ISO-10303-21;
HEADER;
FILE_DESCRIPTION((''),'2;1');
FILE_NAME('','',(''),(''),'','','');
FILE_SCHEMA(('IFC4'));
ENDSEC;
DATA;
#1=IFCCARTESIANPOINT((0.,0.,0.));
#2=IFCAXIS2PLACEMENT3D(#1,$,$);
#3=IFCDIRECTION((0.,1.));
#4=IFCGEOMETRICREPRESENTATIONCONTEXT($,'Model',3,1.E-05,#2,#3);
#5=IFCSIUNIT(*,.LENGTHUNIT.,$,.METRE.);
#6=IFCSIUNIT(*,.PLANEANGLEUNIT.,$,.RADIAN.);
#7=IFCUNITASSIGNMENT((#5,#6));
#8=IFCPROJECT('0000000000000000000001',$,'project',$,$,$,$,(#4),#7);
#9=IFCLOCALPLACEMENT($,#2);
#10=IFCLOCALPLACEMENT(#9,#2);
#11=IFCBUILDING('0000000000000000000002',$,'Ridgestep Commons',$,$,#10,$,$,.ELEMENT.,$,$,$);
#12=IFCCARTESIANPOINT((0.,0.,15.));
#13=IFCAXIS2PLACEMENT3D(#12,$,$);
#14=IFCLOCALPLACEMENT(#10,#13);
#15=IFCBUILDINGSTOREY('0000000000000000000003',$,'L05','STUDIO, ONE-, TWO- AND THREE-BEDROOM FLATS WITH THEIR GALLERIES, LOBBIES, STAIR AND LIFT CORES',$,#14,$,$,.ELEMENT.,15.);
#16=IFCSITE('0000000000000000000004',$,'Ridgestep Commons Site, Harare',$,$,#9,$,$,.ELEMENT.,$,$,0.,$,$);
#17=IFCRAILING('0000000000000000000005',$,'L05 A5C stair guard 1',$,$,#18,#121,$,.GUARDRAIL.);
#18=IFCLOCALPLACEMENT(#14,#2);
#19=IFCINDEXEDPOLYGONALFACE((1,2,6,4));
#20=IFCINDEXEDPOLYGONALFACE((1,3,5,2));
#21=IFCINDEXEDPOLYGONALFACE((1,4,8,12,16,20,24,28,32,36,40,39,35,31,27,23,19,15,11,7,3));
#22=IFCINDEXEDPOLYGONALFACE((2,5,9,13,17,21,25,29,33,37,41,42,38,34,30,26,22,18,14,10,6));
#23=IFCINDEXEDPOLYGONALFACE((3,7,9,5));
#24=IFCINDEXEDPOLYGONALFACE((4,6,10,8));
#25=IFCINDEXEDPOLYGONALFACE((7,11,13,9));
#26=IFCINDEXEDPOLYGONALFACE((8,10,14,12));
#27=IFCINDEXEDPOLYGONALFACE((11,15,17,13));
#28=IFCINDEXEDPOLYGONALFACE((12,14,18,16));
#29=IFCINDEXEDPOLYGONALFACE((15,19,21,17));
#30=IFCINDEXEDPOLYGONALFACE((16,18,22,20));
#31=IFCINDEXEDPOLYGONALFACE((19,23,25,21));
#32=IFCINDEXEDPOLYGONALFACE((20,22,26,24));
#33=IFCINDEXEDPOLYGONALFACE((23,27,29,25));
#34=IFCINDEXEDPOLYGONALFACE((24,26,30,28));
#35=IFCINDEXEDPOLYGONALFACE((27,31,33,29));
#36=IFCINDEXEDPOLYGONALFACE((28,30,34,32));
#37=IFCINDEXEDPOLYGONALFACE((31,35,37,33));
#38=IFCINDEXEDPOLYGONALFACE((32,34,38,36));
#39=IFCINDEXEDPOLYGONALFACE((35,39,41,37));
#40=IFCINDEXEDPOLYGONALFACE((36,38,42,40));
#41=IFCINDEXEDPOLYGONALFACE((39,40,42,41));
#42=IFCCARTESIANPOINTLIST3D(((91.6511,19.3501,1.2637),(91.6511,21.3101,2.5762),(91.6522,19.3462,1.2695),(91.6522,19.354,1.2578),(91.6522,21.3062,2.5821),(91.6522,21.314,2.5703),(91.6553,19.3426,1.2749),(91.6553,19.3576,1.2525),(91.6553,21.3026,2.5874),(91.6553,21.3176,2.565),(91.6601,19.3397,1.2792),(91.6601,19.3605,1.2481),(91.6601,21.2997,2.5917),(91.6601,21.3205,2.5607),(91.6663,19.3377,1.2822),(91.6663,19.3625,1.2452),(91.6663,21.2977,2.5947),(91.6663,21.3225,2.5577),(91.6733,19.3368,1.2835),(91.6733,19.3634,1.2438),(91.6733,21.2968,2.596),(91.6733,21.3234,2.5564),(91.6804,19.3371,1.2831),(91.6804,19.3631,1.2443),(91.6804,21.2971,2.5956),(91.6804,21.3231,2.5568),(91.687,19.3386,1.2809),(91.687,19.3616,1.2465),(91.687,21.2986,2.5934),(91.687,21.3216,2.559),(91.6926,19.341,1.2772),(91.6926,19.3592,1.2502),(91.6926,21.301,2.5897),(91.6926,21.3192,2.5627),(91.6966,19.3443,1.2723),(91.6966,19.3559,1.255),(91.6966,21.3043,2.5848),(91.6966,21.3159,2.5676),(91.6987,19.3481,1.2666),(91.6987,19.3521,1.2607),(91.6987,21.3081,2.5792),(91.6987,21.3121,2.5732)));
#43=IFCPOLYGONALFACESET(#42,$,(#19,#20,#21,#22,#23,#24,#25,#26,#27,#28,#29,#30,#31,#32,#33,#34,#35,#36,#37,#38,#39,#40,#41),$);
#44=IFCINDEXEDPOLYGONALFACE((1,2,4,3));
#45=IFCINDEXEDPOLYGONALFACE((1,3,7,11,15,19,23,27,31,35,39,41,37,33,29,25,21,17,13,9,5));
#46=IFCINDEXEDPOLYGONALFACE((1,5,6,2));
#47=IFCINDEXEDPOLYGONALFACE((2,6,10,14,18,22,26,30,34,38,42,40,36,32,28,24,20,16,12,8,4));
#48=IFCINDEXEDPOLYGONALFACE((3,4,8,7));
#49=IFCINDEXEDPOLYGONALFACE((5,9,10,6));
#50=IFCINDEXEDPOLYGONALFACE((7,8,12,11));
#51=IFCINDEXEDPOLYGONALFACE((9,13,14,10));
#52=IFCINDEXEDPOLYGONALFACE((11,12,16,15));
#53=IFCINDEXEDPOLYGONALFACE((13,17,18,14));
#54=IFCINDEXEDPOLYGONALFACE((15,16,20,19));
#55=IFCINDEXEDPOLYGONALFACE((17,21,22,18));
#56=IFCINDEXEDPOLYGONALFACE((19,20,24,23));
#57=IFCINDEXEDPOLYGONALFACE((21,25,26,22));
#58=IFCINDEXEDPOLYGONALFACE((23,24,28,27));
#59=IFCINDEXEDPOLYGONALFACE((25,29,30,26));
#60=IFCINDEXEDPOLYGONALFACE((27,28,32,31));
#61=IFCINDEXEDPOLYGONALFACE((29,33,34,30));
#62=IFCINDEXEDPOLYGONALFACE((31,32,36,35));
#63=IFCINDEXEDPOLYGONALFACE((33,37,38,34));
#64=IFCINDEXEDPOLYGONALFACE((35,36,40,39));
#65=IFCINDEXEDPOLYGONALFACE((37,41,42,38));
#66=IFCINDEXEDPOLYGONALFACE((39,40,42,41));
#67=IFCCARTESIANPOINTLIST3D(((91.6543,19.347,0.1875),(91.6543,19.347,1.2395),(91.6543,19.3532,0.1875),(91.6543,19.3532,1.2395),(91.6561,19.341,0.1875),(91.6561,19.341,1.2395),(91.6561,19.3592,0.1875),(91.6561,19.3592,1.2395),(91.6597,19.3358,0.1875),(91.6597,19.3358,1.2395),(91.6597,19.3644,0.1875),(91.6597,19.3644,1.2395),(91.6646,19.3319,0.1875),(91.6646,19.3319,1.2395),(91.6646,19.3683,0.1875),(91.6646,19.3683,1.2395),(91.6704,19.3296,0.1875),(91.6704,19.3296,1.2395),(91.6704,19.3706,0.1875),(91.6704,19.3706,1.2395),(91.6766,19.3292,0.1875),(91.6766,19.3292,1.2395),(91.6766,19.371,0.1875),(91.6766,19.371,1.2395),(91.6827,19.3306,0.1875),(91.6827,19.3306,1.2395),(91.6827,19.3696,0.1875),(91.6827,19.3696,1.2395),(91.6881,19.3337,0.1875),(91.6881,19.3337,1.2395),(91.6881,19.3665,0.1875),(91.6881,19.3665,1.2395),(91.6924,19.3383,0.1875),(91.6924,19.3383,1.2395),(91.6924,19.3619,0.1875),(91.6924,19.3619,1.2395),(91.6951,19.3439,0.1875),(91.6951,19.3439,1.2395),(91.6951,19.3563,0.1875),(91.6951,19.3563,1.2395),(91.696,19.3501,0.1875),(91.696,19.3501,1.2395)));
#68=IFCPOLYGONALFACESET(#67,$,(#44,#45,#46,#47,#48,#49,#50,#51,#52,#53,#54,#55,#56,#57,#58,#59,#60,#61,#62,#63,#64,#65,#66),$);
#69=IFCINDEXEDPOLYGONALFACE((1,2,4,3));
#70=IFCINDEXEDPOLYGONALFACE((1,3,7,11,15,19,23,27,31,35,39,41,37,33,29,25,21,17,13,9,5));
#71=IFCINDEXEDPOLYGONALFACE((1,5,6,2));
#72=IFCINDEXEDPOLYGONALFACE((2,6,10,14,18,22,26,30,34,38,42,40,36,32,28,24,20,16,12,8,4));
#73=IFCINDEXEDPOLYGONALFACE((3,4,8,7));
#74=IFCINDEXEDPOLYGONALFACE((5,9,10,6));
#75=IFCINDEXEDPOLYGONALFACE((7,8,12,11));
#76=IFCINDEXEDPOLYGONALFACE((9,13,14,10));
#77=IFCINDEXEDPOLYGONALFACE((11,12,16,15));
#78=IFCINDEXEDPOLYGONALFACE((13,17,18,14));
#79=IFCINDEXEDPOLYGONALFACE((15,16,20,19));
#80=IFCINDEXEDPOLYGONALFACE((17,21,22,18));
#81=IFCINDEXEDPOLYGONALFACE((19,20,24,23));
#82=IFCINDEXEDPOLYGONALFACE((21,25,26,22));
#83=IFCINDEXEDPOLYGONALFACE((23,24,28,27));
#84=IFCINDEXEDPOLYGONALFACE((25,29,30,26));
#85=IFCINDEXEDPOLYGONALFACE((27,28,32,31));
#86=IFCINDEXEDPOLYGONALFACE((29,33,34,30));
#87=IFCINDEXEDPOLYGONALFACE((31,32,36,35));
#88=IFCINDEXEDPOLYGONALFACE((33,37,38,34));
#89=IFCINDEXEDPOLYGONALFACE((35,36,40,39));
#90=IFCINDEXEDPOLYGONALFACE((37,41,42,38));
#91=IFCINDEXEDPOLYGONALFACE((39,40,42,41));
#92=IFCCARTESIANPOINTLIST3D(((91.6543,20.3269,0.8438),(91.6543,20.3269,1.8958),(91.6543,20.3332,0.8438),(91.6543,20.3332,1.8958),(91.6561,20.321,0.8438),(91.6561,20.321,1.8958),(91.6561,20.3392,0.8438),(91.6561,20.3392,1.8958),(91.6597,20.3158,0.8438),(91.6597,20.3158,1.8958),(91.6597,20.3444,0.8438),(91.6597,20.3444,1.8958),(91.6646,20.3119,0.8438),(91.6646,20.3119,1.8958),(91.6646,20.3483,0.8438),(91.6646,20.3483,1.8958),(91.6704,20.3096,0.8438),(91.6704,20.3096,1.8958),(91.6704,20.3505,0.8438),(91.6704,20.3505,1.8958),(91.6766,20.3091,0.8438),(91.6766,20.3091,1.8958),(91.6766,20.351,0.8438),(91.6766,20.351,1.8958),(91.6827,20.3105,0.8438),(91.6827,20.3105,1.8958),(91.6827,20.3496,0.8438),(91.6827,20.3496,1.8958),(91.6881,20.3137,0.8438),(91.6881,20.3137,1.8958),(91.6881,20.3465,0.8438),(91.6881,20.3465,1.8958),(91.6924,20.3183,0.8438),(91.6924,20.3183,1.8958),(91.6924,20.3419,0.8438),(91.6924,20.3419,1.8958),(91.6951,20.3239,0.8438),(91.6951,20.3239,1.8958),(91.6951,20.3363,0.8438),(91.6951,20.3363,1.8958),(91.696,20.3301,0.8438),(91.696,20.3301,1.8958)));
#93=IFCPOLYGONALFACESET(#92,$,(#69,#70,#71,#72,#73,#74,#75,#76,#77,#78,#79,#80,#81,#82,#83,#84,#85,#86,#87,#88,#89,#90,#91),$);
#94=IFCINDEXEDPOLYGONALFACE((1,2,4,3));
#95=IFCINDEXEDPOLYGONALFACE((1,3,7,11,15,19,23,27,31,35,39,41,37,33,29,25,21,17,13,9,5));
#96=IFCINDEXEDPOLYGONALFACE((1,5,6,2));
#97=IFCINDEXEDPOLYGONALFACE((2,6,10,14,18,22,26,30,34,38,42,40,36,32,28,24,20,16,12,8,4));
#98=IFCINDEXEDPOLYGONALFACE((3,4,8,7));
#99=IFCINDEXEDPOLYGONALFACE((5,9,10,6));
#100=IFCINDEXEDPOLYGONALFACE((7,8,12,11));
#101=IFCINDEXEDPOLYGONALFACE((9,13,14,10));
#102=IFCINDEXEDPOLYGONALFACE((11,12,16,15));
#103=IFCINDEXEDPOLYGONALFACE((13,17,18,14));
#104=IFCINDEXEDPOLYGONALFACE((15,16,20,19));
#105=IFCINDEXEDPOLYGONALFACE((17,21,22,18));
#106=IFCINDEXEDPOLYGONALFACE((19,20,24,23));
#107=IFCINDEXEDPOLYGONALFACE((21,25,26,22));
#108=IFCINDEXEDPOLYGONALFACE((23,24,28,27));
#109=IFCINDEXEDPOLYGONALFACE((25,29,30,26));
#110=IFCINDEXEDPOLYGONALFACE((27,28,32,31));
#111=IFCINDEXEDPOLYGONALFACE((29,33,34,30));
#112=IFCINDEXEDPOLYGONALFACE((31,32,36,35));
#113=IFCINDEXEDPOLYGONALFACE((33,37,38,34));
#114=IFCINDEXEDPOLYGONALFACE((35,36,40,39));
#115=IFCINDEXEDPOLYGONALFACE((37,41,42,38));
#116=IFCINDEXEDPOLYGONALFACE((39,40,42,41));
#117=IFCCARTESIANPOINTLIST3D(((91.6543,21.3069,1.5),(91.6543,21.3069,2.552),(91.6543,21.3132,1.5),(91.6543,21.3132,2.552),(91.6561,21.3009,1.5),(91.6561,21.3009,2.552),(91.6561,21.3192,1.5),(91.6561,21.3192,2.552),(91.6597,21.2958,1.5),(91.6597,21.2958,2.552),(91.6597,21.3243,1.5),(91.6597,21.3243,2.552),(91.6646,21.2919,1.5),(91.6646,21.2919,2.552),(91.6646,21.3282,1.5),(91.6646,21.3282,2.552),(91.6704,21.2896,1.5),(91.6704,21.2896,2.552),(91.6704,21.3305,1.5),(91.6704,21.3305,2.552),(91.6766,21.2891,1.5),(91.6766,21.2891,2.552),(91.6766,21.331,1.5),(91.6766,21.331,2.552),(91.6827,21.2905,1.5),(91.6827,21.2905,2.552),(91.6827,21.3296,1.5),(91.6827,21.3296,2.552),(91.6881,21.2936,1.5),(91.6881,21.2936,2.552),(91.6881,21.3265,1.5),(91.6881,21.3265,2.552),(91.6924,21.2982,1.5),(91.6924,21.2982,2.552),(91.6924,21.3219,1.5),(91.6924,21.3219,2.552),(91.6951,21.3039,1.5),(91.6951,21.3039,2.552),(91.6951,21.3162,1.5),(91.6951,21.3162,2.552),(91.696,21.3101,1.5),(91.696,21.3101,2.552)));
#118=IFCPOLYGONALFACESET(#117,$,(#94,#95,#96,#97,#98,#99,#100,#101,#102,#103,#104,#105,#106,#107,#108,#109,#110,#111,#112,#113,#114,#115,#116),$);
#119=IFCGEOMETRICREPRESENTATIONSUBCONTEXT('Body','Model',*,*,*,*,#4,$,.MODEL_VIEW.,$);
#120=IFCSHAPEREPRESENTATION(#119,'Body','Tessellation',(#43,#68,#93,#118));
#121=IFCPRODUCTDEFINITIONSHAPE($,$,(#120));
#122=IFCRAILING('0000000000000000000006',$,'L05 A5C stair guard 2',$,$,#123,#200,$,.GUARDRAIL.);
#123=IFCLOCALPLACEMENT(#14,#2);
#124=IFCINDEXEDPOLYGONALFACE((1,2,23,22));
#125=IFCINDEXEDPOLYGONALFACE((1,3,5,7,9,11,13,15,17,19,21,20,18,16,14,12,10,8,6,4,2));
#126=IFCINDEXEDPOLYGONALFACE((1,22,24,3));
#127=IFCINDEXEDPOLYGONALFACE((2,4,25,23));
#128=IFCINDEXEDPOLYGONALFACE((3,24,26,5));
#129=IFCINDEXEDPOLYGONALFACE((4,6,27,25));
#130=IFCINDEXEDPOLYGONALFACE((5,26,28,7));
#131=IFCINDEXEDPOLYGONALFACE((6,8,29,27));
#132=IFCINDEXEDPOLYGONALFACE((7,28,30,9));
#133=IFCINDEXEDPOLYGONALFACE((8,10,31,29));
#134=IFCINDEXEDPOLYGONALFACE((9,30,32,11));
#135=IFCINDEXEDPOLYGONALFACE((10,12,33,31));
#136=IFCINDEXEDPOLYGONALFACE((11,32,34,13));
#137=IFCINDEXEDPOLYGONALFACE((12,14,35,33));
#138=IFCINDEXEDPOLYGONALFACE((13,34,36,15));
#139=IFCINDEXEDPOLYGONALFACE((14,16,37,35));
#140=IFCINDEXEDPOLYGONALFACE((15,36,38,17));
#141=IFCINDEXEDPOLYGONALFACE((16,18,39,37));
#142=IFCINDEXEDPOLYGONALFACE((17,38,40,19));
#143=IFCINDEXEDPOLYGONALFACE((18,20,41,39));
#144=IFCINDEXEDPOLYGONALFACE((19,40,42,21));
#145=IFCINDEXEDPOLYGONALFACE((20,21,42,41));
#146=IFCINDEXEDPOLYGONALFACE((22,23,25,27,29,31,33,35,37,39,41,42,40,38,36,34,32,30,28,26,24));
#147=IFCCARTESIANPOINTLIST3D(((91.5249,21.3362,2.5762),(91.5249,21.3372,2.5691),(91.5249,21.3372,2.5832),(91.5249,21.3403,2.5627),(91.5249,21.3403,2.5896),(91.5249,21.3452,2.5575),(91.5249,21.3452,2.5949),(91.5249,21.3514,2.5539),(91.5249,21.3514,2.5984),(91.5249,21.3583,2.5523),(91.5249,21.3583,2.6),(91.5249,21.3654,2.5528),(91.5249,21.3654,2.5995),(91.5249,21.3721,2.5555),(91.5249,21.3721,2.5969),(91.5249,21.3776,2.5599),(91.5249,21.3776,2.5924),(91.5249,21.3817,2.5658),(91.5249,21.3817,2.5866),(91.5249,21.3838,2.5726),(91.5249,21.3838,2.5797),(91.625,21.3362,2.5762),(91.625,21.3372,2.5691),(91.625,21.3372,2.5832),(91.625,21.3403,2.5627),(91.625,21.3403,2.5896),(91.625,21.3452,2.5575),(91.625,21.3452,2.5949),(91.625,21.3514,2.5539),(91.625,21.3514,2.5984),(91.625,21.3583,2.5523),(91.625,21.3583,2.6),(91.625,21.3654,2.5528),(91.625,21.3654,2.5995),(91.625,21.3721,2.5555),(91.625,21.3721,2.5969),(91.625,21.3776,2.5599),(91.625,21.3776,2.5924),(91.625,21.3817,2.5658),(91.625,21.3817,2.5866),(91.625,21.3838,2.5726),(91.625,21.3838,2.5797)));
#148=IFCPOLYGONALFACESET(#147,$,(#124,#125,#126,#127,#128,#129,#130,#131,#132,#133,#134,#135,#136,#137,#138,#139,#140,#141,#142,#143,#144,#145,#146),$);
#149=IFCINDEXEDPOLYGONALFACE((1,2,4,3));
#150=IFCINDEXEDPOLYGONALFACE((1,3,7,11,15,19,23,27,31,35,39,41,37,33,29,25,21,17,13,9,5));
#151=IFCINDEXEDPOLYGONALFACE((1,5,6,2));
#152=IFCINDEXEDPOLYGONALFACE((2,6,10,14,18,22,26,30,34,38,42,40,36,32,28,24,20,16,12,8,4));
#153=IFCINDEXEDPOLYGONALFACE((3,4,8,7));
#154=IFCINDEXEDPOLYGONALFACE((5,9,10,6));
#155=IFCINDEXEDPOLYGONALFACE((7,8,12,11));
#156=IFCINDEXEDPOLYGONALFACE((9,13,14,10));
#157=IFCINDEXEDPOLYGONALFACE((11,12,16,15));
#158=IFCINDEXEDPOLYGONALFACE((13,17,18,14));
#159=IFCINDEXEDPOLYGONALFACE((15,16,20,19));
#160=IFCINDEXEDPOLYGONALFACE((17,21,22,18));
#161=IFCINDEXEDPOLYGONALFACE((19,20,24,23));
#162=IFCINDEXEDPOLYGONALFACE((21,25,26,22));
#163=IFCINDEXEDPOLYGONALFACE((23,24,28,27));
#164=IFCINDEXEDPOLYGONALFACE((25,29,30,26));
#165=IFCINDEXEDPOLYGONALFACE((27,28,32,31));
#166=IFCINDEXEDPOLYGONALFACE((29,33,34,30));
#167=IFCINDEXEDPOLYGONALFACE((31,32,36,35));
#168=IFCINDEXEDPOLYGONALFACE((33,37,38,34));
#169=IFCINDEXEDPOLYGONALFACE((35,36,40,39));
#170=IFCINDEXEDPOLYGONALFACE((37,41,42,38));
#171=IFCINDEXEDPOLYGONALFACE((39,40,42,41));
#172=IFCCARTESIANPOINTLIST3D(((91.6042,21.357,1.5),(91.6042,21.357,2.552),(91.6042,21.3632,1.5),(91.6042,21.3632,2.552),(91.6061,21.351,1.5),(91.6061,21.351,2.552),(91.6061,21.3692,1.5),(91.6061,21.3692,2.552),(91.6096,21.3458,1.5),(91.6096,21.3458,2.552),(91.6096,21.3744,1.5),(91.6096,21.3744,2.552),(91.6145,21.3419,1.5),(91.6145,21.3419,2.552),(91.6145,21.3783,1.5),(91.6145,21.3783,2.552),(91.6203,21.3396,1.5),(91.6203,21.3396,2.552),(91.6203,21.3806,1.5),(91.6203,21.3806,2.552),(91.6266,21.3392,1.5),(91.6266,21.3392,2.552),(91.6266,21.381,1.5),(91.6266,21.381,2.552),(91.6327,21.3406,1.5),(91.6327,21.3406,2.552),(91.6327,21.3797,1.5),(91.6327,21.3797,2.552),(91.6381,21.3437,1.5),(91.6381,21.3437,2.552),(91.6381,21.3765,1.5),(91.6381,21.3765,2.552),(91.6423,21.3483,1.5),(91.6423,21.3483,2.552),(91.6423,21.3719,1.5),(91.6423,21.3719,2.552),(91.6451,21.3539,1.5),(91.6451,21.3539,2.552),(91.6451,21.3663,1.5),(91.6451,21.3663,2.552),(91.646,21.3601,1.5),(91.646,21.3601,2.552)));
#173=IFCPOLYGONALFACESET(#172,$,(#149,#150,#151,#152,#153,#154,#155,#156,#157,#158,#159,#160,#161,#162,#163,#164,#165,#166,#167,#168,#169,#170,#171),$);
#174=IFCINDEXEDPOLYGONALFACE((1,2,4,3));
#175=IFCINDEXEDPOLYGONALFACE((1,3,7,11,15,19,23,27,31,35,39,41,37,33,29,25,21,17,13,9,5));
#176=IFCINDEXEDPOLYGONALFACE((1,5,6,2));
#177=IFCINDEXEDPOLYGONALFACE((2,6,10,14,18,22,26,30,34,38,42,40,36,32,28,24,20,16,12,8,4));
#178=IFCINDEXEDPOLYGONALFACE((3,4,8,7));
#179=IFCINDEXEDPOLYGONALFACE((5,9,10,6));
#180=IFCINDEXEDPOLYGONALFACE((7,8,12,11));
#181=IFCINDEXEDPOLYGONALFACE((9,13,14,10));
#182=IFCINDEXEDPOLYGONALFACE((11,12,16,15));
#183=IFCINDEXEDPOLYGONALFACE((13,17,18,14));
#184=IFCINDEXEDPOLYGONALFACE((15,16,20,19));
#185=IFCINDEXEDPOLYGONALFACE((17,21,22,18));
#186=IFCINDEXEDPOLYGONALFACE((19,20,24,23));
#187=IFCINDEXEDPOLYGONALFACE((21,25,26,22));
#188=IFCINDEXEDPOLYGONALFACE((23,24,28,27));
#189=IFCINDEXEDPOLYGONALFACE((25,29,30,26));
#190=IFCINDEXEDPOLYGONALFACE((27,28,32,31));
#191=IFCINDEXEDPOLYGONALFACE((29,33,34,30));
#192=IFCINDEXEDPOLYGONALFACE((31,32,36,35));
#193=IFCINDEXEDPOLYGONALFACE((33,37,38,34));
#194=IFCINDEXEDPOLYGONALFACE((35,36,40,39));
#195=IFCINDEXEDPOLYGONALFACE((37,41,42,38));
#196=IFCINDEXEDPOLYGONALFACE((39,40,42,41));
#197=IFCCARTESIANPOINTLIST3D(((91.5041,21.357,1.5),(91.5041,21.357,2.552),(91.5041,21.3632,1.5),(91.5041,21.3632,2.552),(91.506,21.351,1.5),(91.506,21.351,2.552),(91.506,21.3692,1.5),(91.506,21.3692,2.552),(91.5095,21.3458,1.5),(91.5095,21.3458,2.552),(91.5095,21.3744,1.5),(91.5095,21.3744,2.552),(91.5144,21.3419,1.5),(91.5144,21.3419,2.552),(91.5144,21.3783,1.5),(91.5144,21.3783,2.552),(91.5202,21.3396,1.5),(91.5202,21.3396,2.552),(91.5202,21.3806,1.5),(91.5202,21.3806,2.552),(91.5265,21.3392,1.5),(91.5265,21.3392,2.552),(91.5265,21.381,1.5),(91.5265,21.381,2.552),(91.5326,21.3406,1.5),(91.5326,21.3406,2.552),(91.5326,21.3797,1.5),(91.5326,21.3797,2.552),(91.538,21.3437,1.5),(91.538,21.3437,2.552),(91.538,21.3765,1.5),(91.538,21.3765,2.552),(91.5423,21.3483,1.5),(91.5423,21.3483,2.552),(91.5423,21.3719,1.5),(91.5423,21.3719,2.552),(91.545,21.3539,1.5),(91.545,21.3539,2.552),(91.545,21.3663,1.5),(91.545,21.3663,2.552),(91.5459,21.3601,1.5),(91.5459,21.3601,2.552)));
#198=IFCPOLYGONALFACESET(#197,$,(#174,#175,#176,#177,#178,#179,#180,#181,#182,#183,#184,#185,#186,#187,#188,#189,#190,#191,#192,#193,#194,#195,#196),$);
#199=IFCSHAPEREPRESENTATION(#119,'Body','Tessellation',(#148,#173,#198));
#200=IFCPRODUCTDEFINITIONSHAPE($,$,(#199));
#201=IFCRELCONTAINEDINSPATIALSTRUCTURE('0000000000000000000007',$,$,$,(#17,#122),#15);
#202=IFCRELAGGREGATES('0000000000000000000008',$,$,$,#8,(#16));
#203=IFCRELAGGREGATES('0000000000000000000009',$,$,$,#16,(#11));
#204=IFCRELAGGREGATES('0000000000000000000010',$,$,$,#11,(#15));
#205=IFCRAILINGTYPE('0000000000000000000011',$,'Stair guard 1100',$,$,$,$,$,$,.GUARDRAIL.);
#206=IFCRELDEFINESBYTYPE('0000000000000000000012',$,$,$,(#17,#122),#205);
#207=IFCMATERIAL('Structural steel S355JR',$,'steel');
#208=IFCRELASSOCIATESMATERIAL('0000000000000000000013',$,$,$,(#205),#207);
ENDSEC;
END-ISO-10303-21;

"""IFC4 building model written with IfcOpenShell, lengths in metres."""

from ifc_helpers import new_model, si_unit, direction, frame, origin, origin_2d, place, context, subcontext, project, spatial, circle, extrude, material, type_object, element, save


model = new_model("IFC4")

# Units and contexts
model_context = context("Model", 3, precision=1e-05, world=origin(), true_north=direction((0.0, 1.0)))
body_context = subcontext(model_context, "Body", "Model", "MODEL_VIEW")
ifc_project = project(units=[si_unit("LENGTHUNIT", "METRE"), si_unit("PLANEANGLEUNIT", "RADIAN")], contexts=[model_context])

# Site, building, storey
site_placement = place(None, origin())
site = spatial("IfcSite", under=ifc_project, at=site_placement, Name="Ridgestep Commons Site, Harare", CompositionType="ELEMENT", RefElevation=0.0)
building_placement = place(site_placement, origin())
building = spatial("IfcBuilding", under=site, at=building_placement, Name="Ridgestep Commons", CompositionType="ELEMENT")
storey_placement = place(building_placement, frame((0.0, 0.0, 15.0)))
storey = spatial("IfcBuildingStorey", under=building, at=storey_placement, Name="L05", Description="STUDIO, ONE-, TWO- AND THREE-BEDROOM FLATS WITH THEIR GALLERIES, LOBBIES, STAIR AND LIFT CORES", CompositionType="ELEMENT", Elevation=15.0)

# Railings
ifc_material_1 = material(Name="Structural steel S355JR", Category="steel")
railing_type_1 = type_object("IfcRailingType", Name="Stair guard 1100", PredefinedType="GUARDRAIL", material=ifc_material_1)
railing_1_placement = place(storey_placement, frame((91.675, 19.3501, 0.1875)))
element("IfcRailing", 1, at=railing_1_placement, inside=storey, type_object=railing_type_1, Name="L05 A5C stair guard 1", PredefinedType="GUARDRAIL", context=body_context, shape_type="SweptSolid", body=[
    extrude(circle(Radius=0.0239, at=origin_2d()), frame((0.0, 0.0, 1.0762), z_axis=(0.0, 0.830902, 0.556419), x_axis=(-1.0, 0.0, 0.0)), (0.0, 0.0, 1.0), 2.3589),
    extrude(circle(Radius=0.021, at=origin_2d()), origin(), (0.0, 0.0, 1.0), 1.052),
    extrude(circle(Radius=0.021, at=origin_2d()), frame((0.0, 0.98, 0.6562)), (0.0, 0.0, 1.0), 1.052),
    extrude(circle(Radius=0.021, at=origin_2d()), frame((0.0, 1.96, 1.3125)), (0.0, 0.0, 1.0), 1.052),
])
railing_2_placement = place(storey_placement, frame((91.625, 21.3601, 1.5)))
element("IfcRailing", 2, at=railing_2_placement, inside=storey, type_object=railing_type_1, Name="L05 A5C stair guard 2", PredefinedType="GUARDRAIL", context=body_context, shape_type="SweptSolid", body=[
    extrude(circle(Radius=0.0239, at=origin_2d()), frame((0.0, 0.0, 1.0762), z_axis=(-1.0, 0.0, 0.0), x_axis=(0.0, -1.0, 0.0)), (0.0, 0.0, 1.0), 0.1001),
    extrude(circle(Radius=0.021, at=origin_2d()), origin(), (0.0, 0.0, 1.0), 1.052),
    extrude(circle(Radius=0.021, at=origin_2d()), frame((-0.1001, 0.0, 0.0)), (0.0, 0.0, 1.0), 1.052),
])

save(model, "model.ifc")
